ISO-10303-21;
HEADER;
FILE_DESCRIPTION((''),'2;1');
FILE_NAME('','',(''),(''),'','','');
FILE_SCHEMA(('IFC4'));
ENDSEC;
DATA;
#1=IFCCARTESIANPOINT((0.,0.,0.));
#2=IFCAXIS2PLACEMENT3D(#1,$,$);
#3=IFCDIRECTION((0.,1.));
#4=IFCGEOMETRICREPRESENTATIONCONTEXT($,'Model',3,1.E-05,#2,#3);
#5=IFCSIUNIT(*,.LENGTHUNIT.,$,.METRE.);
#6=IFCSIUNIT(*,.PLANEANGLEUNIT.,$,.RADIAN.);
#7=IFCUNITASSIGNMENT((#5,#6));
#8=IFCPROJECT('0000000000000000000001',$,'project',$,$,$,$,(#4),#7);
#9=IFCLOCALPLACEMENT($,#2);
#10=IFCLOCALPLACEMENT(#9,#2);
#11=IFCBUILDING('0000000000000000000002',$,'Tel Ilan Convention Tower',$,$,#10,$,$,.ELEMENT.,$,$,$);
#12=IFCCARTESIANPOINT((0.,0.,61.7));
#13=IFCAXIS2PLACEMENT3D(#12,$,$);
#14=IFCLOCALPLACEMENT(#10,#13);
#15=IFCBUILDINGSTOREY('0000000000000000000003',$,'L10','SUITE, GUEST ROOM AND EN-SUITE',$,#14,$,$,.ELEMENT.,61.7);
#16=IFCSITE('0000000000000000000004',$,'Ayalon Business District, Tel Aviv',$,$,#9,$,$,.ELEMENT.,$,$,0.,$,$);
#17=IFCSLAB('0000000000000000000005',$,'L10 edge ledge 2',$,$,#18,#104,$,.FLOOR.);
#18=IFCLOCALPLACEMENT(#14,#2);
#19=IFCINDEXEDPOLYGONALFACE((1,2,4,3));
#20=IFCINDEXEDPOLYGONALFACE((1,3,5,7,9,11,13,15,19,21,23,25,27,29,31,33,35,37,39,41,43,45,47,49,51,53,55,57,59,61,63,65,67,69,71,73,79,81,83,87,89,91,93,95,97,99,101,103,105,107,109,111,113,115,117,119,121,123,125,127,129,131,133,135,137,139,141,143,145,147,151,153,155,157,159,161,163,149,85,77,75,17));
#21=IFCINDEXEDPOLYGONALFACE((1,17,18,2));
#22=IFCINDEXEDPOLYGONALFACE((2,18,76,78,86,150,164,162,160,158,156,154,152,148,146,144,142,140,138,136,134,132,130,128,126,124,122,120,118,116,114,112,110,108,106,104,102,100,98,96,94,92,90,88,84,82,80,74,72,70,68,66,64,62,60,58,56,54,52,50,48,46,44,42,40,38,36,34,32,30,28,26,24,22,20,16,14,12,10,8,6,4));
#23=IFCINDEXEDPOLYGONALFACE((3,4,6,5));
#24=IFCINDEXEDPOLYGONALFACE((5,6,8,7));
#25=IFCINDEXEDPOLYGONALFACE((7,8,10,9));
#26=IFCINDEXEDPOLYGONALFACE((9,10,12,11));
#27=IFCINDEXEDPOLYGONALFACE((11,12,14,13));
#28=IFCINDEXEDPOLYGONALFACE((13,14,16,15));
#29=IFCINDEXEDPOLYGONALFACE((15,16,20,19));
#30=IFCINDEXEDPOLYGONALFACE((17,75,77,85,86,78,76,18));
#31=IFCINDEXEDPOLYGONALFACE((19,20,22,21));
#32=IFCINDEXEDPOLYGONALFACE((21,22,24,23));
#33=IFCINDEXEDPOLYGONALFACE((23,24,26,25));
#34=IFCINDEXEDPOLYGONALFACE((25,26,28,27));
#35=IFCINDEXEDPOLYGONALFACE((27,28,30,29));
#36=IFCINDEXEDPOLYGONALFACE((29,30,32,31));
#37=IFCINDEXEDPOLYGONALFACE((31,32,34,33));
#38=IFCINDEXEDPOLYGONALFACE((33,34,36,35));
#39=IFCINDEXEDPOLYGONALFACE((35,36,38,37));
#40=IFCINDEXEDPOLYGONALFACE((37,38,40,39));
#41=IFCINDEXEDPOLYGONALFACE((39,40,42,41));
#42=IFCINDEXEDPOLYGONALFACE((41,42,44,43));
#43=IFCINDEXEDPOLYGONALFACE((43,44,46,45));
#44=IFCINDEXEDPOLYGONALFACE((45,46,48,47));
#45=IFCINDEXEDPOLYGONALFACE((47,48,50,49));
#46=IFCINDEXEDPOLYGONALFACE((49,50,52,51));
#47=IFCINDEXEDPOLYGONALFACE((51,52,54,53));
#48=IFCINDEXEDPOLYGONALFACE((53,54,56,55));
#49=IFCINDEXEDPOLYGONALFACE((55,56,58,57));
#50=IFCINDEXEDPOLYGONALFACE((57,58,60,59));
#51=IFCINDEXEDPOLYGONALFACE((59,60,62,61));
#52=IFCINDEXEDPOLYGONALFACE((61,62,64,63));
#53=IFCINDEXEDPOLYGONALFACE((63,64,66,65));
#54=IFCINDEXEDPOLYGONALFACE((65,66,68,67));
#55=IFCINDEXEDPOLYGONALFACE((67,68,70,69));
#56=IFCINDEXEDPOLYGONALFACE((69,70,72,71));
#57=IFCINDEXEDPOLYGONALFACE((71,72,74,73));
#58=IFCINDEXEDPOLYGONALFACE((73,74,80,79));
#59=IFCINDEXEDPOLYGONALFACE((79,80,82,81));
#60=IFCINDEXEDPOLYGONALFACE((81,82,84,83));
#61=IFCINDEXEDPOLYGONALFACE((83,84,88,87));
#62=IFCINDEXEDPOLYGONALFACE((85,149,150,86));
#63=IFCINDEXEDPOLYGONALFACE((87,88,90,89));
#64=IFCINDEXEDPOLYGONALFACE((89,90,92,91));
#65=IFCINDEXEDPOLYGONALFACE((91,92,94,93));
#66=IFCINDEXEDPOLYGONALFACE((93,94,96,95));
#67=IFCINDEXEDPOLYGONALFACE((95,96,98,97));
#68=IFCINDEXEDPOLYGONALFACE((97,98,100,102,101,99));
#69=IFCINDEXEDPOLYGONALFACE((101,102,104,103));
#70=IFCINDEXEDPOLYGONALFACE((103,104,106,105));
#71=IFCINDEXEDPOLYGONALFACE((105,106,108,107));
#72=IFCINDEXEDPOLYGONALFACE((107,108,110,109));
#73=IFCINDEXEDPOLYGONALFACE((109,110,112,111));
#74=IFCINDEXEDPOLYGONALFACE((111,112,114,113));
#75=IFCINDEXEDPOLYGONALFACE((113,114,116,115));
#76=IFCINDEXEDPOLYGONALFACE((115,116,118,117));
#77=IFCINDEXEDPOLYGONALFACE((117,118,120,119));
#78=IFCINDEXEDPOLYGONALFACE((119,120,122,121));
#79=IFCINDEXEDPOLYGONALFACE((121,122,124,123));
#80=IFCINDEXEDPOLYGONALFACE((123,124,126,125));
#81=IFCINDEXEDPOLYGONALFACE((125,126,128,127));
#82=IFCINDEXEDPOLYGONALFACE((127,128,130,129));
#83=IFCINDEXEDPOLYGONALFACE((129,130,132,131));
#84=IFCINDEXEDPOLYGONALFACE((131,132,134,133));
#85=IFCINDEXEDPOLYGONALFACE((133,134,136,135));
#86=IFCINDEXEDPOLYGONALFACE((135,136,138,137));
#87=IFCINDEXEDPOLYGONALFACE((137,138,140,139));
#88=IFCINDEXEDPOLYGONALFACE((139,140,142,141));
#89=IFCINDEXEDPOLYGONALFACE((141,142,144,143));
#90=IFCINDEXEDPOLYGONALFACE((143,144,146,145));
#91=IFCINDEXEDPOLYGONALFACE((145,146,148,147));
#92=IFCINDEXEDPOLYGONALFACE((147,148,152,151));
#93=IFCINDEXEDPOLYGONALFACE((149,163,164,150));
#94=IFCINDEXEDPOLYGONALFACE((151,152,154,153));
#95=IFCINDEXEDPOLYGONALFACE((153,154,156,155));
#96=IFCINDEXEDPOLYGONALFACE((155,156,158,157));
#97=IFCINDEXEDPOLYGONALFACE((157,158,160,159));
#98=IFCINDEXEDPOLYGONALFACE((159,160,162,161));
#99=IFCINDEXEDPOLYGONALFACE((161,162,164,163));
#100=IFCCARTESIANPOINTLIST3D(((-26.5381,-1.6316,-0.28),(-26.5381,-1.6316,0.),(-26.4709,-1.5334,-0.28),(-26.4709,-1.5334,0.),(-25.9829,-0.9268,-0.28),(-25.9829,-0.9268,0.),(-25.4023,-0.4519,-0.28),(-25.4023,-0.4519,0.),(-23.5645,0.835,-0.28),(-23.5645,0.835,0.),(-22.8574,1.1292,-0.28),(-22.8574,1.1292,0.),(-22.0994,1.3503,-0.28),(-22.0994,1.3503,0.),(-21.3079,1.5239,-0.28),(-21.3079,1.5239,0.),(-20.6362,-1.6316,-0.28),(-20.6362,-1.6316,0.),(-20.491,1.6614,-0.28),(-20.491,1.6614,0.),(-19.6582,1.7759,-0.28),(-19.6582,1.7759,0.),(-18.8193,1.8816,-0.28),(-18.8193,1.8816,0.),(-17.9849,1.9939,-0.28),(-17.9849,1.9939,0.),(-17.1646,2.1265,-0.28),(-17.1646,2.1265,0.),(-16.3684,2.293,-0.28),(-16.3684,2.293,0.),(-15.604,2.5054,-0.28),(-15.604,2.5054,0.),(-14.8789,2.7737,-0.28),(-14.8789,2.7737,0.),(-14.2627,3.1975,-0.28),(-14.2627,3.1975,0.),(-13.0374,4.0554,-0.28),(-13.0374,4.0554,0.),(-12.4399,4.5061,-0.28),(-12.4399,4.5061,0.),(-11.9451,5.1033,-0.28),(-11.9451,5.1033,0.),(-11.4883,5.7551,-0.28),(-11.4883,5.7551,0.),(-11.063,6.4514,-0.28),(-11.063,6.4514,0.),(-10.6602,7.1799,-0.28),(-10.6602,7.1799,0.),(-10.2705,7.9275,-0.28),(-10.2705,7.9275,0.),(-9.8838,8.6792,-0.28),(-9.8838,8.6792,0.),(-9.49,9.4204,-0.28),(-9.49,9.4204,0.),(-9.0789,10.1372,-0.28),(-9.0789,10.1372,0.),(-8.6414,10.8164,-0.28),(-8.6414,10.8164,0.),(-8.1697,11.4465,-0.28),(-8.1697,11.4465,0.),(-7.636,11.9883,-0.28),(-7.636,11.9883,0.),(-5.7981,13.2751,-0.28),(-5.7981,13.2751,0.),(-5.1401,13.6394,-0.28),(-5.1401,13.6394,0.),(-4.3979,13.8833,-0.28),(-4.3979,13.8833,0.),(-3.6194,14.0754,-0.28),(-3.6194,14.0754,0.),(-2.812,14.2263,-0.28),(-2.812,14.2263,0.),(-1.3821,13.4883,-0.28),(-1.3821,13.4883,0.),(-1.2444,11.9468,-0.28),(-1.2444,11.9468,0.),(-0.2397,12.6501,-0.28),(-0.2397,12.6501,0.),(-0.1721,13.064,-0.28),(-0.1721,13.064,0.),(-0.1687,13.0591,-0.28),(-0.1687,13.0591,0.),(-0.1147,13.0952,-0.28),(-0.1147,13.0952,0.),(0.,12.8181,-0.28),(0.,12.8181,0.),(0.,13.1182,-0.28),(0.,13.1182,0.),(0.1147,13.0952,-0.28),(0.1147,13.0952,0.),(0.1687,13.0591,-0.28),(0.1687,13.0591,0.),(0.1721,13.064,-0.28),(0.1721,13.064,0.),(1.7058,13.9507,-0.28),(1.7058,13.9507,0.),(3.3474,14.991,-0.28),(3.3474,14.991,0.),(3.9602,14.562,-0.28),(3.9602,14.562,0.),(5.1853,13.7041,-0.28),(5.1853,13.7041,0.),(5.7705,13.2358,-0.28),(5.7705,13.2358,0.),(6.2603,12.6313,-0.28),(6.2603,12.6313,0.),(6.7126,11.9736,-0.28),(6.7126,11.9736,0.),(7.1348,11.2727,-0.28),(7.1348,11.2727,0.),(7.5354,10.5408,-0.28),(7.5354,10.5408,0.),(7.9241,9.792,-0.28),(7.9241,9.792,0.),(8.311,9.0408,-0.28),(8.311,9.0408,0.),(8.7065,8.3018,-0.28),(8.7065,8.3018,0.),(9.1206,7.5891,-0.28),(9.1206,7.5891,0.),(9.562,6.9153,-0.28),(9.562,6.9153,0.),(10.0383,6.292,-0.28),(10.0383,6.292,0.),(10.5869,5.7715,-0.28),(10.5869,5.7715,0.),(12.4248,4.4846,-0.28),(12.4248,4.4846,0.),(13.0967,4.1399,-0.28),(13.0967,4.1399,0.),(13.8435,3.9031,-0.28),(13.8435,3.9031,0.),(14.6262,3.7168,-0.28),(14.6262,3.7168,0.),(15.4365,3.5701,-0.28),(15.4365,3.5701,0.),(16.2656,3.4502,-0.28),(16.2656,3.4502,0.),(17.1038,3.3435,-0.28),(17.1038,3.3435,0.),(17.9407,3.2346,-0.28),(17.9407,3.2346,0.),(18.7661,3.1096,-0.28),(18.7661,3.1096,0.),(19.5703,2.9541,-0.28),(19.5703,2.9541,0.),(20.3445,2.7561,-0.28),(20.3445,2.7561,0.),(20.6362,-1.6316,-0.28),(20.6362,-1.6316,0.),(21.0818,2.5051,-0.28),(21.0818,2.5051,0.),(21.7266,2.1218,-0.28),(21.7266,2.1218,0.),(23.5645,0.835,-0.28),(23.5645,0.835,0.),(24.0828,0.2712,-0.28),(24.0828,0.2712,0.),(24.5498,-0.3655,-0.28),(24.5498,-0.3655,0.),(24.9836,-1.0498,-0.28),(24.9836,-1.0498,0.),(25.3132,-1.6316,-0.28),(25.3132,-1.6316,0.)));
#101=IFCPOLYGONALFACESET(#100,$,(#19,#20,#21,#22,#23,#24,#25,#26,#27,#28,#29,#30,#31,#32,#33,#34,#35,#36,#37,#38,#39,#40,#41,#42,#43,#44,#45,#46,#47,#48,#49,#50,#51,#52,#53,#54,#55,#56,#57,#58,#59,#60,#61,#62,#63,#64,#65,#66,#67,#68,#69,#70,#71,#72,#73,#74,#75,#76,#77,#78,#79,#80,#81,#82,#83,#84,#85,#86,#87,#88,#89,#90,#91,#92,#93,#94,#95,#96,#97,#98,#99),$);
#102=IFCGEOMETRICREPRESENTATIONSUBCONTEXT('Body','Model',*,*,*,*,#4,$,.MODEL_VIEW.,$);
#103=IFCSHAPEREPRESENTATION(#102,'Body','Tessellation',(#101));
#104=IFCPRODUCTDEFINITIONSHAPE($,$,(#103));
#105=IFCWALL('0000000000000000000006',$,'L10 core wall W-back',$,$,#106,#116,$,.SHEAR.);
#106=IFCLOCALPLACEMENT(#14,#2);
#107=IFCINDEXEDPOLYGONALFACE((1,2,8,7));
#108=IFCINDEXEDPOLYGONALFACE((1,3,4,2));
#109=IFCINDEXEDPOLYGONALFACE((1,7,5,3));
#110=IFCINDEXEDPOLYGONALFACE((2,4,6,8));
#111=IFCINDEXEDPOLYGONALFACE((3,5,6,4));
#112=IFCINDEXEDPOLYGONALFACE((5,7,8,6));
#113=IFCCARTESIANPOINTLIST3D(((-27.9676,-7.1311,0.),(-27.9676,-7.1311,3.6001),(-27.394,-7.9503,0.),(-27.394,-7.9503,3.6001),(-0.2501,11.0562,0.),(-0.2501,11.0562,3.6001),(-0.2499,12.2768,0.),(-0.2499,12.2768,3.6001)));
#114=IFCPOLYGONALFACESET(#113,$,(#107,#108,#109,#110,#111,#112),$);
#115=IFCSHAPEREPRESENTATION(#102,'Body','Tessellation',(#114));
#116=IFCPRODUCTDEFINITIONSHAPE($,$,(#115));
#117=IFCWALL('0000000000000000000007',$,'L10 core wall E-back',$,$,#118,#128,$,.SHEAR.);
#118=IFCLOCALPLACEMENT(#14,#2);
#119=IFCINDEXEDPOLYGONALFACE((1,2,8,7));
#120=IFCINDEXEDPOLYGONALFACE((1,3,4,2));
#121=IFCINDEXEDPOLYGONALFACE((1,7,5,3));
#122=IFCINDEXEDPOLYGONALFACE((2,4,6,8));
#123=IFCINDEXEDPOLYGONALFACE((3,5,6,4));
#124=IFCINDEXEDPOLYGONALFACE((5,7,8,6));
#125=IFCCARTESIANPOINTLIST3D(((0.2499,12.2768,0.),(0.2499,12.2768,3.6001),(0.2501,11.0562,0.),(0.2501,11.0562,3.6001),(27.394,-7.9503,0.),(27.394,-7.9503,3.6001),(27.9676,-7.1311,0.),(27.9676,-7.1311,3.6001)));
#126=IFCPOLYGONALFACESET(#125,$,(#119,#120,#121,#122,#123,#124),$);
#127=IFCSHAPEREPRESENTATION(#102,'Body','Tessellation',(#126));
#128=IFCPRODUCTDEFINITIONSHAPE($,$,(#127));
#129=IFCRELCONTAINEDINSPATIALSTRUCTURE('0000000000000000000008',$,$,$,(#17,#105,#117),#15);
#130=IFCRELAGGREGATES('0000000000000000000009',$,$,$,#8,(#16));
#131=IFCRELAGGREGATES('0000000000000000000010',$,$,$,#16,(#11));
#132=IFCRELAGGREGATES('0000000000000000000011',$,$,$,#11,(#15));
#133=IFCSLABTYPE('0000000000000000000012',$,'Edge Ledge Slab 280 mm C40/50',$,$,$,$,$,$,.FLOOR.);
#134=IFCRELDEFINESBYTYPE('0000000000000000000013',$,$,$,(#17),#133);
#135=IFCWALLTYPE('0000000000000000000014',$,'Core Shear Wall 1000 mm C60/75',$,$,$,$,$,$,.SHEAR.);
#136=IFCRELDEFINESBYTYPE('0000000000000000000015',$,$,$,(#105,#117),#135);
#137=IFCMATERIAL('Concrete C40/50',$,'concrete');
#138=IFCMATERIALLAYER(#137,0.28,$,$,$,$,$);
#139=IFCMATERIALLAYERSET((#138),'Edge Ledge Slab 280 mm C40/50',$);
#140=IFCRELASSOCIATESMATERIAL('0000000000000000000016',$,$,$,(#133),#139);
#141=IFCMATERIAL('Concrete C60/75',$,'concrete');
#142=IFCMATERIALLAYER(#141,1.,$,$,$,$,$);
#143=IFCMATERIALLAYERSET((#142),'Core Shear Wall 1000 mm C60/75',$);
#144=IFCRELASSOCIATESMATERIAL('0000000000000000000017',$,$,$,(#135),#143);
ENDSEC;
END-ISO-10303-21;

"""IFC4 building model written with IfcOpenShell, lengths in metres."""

from ifc_helpers import new_model, si_unit, direction, frame, origin, place, context, subcontext, project, spatial, polyline, outline, extrude, material, layer, layer_set, type_object, element, save


model = new_model("IFC4")

# Units and contexts
model_context = context("Model", 3, precision=1e-05, world=origin(), true_north=direction((0.0, 1.0)))
body_context = subcontext(model_context, "Body", "Model", "MODEL_VIEW")
ifc_project = project(units=[si_unit("LENGTHUNIT", "METRE"), si_unit("PLANEANGLEUNIT", "RADIAN")], contexts=[model_context])

# Site, building, storey
site_placement = place(None, origin())
site = spatial("IfcSite", under=ifc_project, at=site_placement, Name="Ayalon Business District, Tel Aviv", CompositionType="ELEMENT", RefElevation=0.0)
building_placement = place(site_placement, origin())
building = spatial("IfcBuilding", under=site, at=building_placement, Name="Tel Ilan Convention Tower", CompositionType="ELEMENT")
storey_placement = place(building_placement, frame((0.0, 0.0, 61.7)))
storey = spatial("IfcBuildingStorey", under=building, at=storey_placement, Name="L10", Description="SUITE, GUEST ROOM AND EN-SUITE", CompositionType="ELEMENT", Elevation=61.7)

# Slab
ifc_material_1 = material(Name="Concrete C40/50", Category="concrete")
ifc_layer_1 = layer(ifc_material_1, 0.28)
ifc_layer_set_1 = layer_set([ifc_layer_1], Name="Edge Ledge Slab 280 mm C40/50")
slab_type_1 = type_object("IfcSlabType", Name="Edge Ledge Slab 280 mm C40/50", PredefinedType="FLOOR", material=ifc_layer_set_1)
slab_1_placement = place(storey_placement, frame((0.0, 0.0, -0.28)))
element("IfcSlab", 1, at=slab_1_placement, inside=storey, type_object=slab_type_1, Name="L10 edge ledge 2", PredefinedType="FLOOR", context=body_context, shape_type="SweptSolid", body=[
    extrude(outline(polyline([(-23.5645, 0.835), (-22.8574, 1.1292), (-22.0994, 1.3503), (-21.3079, 1.5239), (-20.491, 1.6614), (-19.6582, 1.7759), (-18.8193, 1.8816), (-17.9849, 1.9939), (-17.1646, 2.1265), (-16.3684, 2.293), (-15.604, 2.5054), (-14.8789, 2.7737), (-14.2627, 3.1975), (-13.0374, 4.0554), (-12.4399, 4.5061), (-11.9451, 5.1033), (-11.4883, 5.7551), (-11.063, 6.4514), (-10.6602, 7.1799), (-10.2705, 7.9275), (-9.8838, 8.6792), (-9.49, 9.4204), (-9.0789, 10.1372), (-8.6414, 10.8164), (-8.1697, 11.4465), (-7.636, 11.9883), (-5.7981, 13.2751), (-5.1401, 13.6394), (-4.3979, 13.8833), (-3.6194, 14.0754), (-2.812, 14.2263), (-1.3821, 13.4883), (-0.1721, 13.064), (-0.1687, 13.0591), (-0.1147, 13.0952), (0.0, 13.1182), (0.1147, 13.0952), (0.1687, 13.0591), (0.1721, 13.064), (1.7058, 13.9507), (3.3474, 14.991), (3.9602, 14.562), (5.1853, 13.7041), (5.7705, 13.2358), (6.2603, 12.6313), (6.7126, 11.9736), (7.1348, 11.2727), (7.5354, 10.5408), (7.9241, 9.792), (8.311, 9.0408), (8.7065, 8.3018), (9.1206, 7.5891), (9.562, 6.9153), (10.0383, 6.292), (10.5869, 5.7715), (12.4248, 4.4846), (13.0967, 4.1399), (13.8435, 3.9031), (14.6262, 3.7168), (15.4365, 3.5701), (16.2656, 3.4502), (17.1038, 3.3435), (17.9407, 3.2346), (18.7661, 3.1096), (19.5703, 2.9541), (20.3445, 2.7561), (21.0818, 2.5051), (21.7266, 2.1218), (23.5645, 0.835), (24.0828, 0.2712), (24.5498, -0.3655), (24.9836, -1.0498), (25.3132, -1.6316), (20.6362, -1.6316), (0.0, 12.8181), (-0.2397, 12.6501), (-1.2444, 11.9468), (-20.6362, -1.6316), (-26.5381, -1.6316), (-26.4709, -1.5334), (-25.9829, -0.9268), (-25.4023, -0.4519), (-23.5645, 0.835)])), origin(), (0.0, 0.0, 1.0), 0.28),
])

# Walls
ifc_material_2 = material(Name="Concrete C60/75", Category="concrete")
ifc_layer_2 = layer(ifc_material_2, 1.0)
ifc_layer_set_2 = layer_set([ifc_layer_2], Name="Core Shear Wall 1000 mm C60/75")
wall_type_1 = type_object("IfcWallType", Name="Core Shear Wall 1000 mm C60/75", PredefinedType="SHEAR", material=ifc_layer_set_2)
wall_1_placement = place(storey_placement, frame((0.0369, 11.8672, 0.0), z_axis=(0.0, 0.0, 1.0), x_axis=(-0.819155, -0.573572, 0.0)))
element("IfcWall", 2, at=wall_1_placement, inside=storey, type_object=wall_type_1, Name="L10 core wall W-back", PredefinedType="SHEAR", context=body_context, shape_type="SweptSolid", body=[
    extrude(outline(polyline([(33.8369, 0.5), (0.7002, 0.4998), (0.0, -0.5), (33.8369, -0.5), (33.8369, 0.5)])), origin(), (0.0, 0.0, 1.0), 3.6001),
])
wall_2_placement = place(storey_placement, frame((-0.0369, 11.8672, 0.0), z_axis=(0.0, 0.0, 1.0), x_axis=(0.819155, -0.573572, 0.0)))
element("IfcWall", 3, at=wall_2_placement, inside=storey, type_object=wall_type_1, Name="L10 core wall E-back", PredefinedType="SHEAR", context=body_context, shape_type="SweptSolid", body=[
    extrude(outline(polyline([(33.8369, 0.5), (0.0, 0.5), (0.7002, -0.4998), (33.8369, -0.5), (33.8369, 0.5)])), origin(), (0.0, 0.0, 1.0), 3.6001),
])

save(model, "model.ifc")
